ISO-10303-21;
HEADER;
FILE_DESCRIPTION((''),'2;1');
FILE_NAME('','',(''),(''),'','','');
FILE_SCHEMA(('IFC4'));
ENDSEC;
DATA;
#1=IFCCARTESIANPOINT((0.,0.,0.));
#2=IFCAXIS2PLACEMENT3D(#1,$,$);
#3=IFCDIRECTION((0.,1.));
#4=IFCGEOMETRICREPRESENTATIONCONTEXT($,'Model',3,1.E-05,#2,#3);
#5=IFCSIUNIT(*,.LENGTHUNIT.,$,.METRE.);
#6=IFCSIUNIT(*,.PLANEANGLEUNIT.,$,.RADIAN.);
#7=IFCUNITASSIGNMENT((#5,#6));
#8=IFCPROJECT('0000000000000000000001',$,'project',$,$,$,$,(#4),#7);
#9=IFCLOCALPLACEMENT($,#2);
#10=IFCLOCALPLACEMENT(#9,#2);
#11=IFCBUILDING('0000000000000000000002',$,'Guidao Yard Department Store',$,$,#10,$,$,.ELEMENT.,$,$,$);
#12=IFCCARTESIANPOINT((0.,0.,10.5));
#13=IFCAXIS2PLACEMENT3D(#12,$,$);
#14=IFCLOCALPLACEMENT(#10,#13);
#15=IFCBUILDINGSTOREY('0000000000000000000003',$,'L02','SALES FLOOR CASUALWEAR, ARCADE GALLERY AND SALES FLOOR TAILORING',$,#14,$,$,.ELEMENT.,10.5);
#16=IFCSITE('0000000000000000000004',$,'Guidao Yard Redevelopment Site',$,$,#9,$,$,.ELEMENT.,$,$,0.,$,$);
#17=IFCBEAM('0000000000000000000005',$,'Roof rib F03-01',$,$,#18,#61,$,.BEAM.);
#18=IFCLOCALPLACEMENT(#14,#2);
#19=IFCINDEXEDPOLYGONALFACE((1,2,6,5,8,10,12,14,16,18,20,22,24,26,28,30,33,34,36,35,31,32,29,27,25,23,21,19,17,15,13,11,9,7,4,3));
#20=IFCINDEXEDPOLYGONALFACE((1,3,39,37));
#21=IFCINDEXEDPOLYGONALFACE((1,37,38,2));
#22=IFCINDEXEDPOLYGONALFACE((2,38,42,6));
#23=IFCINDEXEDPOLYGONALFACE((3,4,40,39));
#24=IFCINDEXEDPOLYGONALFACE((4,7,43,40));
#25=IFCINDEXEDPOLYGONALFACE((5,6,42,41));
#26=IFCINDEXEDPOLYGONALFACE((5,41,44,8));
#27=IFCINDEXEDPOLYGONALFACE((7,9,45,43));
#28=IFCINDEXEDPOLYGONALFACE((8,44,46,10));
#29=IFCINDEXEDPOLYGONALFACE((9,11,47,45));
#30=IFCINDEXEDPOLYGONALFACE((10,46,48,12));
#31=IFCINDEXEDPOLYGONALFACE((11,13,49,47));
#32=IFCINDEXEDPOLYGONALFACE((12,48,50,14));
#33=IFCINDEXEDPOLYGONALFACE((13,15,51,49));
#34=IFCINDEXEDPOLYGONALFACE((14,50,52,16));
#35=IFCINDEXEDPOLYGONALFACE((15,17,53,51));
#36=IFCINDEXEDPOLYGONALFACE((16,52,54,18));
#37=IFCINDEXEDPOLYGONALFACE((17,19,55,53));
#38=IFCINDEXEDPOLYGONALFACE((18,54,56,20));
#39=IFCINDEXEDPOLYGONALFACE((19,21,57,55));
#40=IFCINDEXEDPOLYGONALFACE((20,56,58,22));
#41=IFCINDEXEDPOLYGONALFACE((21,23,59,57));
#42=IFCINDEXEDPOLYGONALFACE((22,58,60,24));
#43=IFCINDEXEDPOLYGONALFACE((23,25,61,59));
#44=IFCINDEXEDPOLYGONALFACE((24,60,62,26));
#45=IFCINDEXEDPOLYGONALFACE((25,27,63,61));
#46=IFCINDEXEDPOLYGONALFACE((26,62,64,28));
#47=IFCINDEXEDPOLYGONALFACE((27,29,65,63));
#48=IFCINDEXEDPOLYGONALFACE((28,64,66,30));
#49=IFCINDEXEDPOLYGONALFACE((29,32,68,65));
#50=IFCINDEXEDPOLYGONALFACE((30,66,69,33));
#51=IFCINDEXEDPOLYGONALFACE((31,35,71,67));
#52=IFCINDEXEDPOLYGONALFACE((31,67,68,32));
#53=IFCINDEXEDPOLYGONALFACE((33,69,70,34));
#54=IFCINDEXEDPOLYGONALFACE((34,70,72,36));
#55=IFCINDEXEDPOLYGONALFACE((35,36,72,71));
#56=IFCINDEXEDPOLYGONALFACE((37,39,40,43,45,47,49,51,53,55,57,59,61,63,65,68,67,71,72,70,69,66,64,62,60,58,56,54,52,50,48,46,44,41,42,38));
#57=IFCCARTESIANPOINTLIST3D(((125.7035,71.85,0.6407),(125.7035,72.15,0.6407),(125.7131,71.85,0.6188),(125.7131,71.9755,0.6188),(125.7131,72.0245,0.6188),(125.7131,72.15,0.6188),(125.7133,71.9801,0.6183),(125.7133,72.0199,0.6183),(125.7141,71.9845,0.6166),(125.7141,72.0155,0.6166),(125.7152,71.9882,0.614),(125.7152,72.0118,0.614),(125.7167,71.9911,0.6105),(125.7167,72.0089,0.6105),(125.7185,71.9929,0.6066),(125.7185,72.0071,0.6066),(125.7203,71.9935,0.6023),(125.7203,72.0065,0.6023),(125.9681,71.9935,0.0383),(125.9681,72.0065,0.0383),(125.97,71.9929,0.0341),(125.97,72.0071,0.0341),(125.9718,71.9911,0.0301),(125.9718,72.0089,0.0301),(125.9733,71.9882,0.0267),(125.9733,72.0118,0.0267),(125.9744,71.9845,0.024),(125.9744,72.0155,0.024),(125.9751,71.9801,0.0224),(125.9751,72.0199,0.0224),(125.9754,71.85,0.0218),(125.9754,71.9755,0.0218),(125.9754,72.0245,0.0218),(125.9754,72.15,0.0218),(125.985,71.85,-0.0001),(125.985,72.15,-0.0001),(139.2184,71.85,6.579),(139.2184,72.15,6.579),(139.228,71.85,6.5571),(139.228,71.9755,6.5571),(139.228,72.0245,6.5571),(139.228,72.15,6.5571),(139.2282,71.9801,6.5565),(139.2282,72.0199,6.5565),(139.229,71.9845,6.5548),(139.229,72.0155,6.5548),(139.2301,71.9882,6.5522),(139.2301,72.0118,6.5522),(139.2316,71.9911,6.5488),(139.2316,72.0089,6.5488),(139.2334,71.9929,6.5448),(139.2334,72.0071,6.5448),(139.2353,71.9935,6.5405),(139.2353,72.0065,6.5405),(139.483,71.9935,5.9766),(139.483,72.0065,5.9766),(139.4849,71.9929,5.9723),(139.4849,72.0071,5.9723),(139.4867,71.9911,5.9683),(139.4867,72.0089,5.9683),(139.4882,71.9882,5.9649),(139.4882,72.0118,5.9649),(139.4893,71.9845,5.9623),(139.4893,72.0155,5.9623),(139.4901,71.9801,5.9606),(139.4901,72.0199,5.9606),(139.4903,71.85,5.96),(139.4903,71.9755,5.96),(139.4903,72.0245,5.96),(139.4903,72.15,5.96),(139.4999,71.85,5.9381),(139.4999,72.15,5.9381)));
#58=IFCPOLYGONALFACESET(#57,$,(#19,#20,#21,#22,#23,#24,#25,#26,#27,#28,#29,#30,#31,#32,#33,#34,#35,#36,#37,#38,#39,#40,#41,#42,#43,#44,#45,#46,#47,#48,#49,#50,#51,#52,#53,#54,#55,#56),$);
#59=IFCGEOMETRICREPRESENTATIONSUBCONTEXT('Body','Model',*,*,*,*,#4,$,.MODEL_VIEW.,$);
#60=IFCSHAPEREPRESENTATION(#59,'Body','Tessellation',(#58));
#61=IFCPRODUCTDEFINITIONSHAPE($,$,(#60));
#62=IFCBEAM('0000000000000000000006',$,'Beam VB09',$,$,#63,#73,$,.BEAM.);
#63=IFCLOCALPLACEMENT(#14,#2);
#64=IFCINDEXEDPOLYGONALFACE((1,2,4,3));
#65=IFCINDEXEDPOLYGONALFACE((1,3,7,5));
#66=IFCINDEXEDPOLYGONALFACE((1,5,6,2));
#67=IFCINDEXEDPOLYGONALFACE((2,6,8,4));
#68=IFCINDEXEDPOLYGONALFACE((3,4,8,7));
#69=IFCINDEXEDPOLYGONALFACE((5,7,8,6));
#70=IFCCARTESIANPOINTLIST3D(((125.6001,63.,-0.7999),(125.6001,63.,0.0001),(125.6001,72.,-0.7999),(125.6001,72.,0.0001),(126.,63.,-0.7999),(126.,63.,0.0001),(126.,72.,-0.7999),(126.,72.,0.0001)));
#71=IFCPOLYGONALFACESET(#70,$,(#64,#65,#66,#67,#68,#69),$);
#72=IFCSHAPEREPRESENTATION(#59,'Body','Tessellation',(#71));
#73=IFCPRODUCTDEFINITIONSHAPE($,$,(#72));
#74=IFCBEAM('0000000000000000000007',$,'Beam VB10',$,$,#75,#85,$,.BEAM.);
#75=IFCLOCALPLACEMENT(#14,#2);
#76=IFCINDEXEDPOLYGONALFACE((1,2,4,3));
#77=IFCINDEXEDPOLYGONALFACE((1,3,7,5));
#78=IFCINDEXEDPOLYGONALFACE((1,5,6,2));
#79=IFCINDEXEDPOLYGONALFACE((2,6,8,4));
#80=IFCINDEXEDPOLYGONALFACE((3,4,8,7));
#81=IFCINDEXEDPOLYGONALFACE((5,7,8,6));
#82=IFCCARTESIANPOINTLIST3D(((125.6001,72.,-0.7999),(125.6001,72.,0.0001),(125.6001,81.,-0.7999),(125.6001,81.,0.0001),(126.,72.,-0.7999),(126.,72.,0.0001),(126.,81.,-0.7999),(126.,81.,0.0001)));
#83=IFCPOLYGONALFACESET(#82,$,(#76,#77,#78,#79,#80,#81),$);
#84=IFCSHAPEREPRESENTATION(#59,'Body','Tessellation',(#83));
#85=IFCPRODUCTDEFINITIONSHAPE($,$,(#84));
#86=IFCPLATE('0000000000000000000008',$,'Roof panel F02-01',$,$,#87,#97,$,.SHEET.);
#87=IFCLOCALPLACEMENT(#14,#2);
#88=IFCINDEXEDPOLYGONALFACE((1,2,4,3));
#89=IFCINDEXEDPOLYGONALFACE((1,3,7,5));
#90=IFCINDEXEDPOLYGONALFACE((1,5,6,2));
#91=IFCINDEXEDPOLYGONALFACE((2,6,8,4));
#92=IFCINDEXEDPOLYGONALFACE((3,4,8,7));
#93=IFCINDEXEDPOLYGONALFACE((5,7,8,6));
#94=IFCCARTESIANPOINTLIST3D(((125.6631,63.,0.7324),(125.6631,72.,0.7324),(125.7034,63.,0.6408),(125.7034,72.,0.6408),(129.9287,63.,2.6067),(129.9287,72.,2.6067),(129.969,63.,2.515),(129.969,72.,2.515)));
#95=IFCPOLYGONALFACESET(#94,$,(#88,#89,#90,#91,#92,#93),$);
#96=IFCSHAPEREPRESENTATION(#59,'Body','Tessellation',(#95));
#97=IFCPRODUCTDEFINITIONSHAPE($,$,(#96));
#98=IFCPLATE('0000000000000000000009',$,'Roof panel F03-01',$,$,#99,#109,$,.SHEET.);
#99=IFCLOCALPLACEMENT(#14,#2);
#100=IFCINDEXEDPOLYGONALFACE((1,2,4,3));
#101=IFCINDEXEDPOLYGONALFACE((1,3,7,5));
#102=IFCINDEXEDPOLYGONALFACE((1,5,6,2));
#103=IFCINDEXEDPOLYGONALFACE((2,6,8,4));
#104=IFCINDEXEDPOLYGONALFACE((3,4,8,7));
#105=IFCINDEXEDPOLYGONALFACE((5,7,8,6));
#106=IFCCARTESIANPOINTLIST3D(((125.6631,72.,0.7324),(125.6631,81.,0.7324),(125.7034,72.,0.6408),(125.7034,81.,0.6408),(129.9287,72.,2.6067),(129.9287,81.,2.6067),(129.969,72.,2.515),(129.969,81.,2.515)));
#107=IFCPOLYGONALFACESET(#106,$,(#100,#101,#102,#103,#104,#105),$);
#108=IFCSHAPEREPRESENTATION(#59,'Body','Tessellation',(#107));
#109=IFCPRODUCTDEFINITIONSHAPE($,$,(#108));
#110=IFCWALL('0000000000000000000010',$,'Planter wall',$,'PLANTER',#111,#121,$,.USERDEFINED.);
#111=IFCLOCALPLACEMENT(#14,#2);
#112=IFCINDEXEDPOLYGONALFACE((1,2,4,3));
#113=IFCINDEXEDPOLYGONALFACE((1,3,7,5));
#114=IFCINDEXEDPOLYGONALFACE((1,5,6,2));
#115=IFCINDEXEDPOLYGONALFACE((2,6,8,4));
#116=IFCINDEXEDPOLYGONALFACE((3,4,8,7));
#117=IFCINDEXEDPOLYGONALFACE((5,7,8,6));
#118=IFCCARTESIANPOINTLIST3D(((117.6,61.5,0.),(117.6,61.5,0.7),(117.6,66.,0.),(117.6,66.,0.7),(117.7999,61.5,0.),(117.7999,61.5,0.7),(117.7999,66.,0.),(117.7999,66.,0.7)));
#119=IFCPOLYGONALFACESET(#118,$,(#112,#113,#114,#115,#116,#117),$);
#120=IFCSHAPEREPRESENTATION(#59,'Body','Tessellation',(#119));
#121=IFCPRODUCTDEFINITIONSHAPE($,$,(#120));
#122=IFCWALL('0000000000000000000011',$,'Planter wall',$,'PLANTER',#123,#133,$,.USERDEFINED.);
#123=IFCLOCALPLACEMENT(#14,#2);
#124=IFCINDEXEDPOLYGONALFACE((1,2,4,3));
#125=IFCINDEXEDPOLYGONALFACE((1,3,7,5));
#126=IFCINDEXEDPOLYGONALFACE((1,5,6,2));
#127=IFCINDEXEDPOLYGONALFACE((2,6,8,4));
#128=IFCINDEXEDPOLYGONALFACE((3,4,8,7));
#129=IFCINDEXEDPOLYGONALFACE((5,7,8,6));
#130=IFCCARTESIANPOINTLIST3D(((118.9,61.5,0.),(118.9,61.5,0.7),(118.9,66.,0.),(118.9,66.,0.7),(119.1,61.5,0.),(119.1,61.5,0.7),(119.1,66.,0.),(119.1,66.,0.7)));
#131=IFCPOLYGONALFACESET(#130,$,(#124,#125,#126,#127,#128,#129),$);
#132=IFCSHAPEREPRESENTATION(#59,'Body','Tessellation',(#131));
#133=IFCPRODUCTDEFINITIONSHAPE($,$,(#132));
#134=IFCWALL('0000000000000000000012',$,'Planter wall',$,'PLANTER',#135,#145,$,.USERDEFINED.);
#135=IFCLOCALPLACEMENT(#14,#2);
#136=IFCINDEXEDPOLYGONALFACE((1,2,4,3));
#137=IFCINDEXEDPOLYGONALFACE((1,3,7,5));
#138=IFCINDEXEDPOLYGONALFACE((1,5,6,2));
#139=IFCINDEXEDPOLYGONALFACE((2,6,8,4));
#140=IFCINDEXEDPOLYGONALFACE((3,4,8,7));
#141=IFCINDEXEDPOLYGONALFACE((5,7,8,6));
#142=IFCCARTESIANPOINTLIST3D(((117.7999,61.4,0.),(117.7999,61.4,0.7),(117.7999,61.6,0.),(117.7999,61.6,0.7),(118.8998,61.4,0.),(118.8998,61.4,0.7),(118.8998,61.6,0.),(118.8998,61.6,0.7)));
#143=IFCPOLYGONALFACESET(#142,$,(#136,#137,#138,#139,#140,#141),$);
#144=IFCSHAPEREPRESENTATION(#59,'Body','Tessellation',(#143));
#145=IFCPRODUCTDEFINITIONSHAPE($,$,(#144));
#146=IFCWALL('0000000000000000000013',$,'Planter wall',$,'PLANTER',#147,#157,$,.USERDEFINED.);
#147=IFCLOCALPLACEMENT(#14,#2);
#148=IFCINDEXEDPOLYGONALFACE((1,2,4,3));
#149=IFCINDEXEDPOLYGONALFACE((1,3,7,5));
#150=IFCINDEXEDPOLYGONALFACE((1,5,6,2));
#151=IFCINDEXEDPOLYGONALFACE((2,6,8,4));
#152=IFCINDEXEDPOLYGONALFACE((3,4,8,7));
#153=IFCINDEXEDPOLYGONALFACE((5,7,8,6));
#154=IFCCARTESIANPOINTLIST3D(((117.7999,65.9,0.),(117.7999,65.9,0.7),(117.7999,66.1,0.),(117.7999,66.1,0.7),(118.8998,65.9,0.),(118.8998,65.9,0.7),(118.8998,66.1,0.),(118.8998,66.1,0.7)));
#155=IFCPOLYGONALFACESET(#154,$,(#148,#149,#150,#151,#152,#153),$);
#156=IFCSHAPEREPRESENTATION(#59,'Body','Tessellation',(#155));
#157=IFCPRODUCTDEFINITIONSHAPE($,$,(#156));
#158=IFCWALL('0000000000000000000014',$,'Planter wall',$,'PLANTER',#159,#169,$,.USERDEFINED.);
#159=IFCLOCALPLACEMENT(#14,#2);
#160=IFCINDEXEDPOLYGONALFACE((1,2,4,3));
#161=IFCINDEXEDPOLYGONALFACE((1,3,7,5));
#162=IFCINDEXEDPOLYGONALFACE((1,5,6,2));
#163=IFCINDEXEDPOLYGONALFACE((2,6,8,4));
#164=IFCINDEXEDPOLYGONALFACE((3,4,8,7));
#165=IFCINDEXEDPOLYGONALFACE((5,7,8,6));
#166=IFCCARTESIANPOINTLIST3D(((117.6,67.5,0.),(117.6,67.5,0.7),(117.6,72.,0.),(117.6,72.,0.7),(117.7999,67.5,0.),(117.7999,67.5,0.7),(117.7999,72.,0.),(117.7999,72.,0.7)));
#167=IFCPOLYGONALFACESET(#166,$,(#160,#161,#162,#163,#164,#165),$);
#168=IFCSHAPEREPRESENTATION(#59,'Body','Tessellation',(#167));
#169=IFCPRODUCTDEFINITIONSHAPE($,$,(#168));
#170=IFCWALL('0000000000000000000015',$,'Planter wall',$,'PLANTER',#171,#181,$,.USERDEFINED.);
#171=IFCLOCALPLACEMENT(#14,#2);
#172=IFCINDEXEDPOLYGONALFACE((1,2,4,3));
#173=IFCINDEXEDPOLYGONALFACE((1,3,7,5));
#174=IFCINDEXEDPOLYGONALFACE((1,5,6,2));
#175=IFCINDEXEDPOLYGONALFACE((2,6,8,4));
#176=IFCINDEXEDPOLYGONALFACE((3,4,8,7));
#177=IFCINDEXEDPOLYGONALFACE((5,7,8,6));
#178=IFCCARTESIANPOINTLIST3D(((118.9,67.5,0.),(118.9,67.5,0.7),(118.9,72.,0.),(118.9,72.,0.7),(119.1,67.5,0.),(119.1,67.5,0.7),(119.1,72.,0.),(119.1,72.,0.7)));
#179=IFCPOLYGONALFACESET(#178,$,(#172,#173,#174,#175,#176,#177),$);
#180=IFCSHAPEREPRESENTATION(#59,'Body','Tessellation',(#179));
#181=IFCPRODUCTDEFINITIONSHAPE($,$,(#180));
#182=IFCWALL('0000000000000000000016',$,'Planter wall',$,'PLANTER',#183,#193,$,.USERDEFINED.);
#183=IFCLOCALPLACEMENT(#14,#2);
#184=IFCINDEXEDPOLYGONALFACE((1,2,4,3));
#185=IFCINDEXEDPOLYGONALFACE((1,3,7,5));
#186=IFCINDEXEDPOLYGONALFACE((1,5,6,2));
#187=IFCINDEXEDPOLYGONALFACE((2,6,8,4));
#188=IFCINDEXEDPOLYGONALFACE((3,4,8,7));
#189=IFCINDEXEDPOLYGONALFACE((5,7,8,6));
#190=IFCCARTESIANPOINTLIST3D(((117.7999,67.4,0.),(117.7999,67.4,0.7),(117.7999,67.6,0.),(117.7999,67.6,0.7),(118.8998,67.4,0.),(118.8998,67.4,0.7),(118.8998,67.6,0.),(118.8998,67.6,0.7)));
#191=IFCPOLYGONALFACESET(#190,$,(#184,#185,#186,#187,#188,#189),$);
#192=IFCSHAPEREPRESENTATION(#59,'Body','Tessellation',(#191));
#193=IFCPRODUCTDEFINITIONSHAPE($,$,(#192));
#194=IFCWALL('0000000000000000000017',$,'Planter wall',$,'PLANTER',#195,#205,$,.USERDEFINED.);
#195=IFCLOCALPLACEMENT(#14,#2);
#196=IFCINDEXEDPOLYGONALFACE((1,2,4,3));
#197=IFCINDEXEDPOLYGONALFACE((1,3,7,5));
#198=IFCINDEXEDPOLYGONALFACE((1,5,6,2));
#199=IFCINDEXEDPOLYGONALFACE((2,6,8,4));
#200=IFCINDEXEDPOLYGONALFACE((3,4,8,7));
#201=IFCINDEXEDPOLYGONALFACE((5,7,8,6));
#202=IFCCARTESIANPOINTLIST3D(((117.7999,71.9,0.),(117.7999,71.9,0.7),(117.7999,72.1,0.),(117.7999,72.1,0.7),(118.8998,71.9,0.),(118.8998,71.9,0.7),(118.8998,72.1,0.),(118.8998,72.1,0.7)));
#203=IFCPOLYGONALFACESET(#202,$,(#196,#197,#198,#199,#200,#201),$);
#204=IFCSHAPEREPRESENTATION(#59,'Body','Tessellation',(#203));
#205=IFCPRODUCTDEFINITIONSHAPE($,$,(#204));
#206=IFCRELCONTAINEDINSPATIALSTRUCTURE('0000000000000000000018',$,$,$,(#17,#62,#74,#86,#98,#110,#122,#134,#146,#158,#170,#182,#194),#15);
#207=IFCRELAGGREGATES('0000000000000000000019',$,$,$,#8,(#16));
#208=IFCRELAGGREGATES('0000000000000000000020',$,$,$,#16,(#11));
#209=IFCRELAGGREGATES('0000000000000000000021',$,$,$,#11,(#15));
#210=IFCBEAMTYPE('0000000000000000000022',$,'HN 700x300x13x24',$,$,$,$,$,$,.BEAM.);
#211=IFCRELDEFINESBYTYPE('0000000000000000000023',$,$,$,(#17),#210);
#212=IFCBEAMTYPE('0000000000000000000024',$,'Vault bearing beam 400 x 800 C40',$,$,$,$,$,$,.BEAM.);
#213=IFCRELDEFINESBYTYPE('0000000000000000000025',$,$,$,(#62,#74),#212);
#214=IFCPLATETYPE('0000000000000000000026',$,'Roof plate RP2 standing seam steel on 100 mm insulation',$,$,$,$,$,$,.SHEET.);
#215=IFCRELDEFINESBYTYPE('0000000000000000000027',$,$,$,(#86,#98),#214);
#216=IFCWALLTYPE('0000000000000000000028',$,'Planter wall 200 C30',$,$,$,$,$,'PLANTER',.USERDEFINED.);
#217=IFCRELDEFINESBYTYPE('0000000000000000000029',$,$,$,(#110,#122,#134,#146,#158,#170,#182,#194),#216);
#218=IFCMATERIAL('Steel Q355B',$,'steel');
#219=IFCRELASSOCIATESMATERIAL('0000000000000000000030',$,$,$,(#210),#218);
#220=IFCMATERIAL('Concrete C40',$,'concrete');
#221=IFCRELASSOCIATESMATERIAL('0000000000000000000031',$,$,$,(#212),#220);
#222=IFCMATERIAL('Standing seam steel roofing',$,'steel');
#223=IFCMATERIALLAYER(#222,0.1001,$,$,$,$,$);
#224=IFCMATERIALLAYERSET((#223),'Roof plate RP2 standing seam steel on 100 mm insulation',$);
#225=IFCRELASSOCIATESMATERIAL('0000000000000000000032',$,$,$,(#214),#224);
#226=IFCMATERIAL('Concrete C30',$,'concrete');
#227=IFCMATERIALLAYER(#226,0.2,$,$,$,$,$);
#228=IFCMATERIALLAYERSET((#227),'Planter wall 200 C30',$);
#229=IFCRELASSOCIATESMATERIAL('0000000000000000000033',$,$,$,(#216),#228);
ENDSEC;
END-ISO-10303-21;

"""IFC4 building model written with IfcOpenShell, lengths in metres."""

from ifc_helpers import new_model, si_unit, direction, frame, frame_2d, origin, origin_2d, place, context, subcontext, project, spatial, polyline, rectangle, i_section, outline, extrude, material, layer, layer_set, material_profile, profile_set, type_object, element, save


model = new_model("IFC4")

# Units and contexts
model_context = context("Model", 3, precision=1e-05, world=origin(), true_north=direction((0.0, 1.0)))
body_context = subcontext(model_context, "Body", "Model", "MODEL_VIEW")
ifc_project = project(units=[si_unit("LENGTHUNIT", "METRE"), si_unit("PLANEANGLEUNIT", "RADIAN")], contexts=[model_context])

# Site, building, storey
site_placement = place(None, origin())
site = spatial("IfcSite", under=ifc_project, at=site_placement, Name="Guidao Yard Redevelopment Site", CompositionType="ELEMENT", RefElevation=0.0)
building_placement = place(site_placement, origin())
building = spatial("IfcBuilding", under=site, at=building_placement, Name="Guidao Yard Department Store", CompositionType="ELEMENT")
storey_placement = place(building_placement, frame((0.0, 0.0, 10.5)))
storey = spatial("IfcBuildingStorey", under=building, at=storey_placement, Name="L02", Description="SALES FLOOR CASUALWEAR, ARCADE GALLERY AND SALES FLOOR TAILORING", CompositionType="ELEMENT", Elevation=10.5)

# Beams
ifc_material_1 = material(Name="Steel Q355B", Category="steel")
ifc_material_profile_1 = material_profile(ifc_material_1, i_section(OverallWidth=0.3, OverallDepth=0.7, WebThickness=0.0129, FlangeThickness=0.0239, FilletRadius=0.0181, at=origin_2d()), Name="HN 700x300x13x24")
ifc_profile_set_1 = profile_set([ifc_material_profile_1], Name="Steel Q355B")
beam_type_1 = type_object("IfcBeamType", Name="HN 700x300x13x24", PredefinedType="BEAM", material=ifc_profile_set_1)
for number, where, z_axis, x_axis, name in (
    (1, (125.8442, 72.0, 0.3203), (0.915523, 0.0, 0.402266), (0.0, 1.0, 0.0), "Roof rib F03-01"),
):
    element("IfcBeam", number, at=place(storey_placement, frame(where, z_axis=z_axis, x_axis=x_axis)), inside=storey, type_object=beam_type_1, Name=name, PredefinedType="BEAM", context=body_context, shape_type="SweptSolid", body=[
        extrude(i_section(OverallWidth=0.3, OverallDepth=0.7, WebThickness=0.0129, FlangeThickness=0.0239, FilletRadius=0.0181, at=origin_2d()), origin(), (0.0, 0.0, 1.0), 14.762),
    ])
ifc_material_2 = material(Name="Concrete C40", Category="concrete")
ifc_material_profile_2 = material_profile(ifc_material_2, rectangle(XDim=0.3999, YDim=0.8, at=origin_2d()), Name="Vault bearing beam 400 x 800 C40")
ifc_profile_set_2 = profile_set([ifc_material_profile_2], Name="Concrete C40")
beam_type_2 = type_object("IfcBeamType", Name="Vault bearing beam 400 x 800 C40", PredefinedType="BEAM", material=ifc_profile_set_2)
for number, where, z_axis, x_axis, name in (
    (2, (125.8, 63.0, -0.3999), (0.0, 1.0, 0.0), (-1.0, 0.0, 0.0), "Beam VB09"),
    (3, (125.8, 72.0, -0.3999), (0.0, 1.0, 0.0), (-1.0, 0.0, 0.0), "Beam VB10"),
):
    element("IfcBeam", number, at=place(storey_placement, frame(where, z_axis=z_axis, x_axis=x_axis)), inside=storey, type_object=beam_type_2, Name=name, PredefinedType="BEAM", context=body_context, shape_type="SweptSolid", body=[
        extrude(rectangle(XDim=0.3999, YDim=0.8, at=origin_2d()), origin(), (0.0, 0.0, 1.0), 9.0),
    ])

# Plates
ifc_material_3 = material(Name="Standing seam steel roofing", Category="steel")
ifc_layer_1 = layer(ifc_material_3, 0.1001)
ifc_layer_set_1 = layer_set([ifc_layer_1], Name="Roof plate RP2 standing seam steel on 100 mm insulation")
plate_type = type_object("IfcPlateType", Name="Roof plate RP2 standing seam steel on 100 mm insulation", PredefinedType="SHEET", material=ifc_layer_set_1)
for number, where, z_axis, x_axis, name in (
    (4, (125.6631, 63.0, 0.7324), (-0.40227, 0.0, 0.915521), (0.915521, 0.0, 0.40227), "Roof panel F02-01"),
    (5, (125.6631, 72.0, 0.7324), (-0.40227, 0.0, 0.915521), (0.915521, 0.0, 0.40227), "Roof panel F03-01"),
):
    element("IfcPlate", number, at=place(storey_placement, frame(where, z_axis=z_axis, x_axis=x_axis)), inside=storey, type_object=plate_type, Name=name, PredefinedType="SHEET", context=body_context, shape_type="SweptSolid", body=[
        extrude(outline(polyline([(0.0, 0.0), (4.6592, 0.0), (4.6592, 9.0), (0.0, 9.0), (0.0, 0.0)])), origin(), (0.0, 0.0, -1.0), 0.1001),
    ])

# Walls
ifc_material_4 = material(Name="Concrete C30", Category="concrete")
ifc_layer_2 = layer(ifc_material_4, 0.2)
ifc_layer_set_2 = layer_set([ifc_layer_2], Name="Planter wall 200 C30")
wall_type = type_object("IfcWallType", Name="Planter wall 200 C30", ElementType="PLANTER", PredefinedType="USERDEFINED", material=ifc_layer_set_2)
for number, where, z_axis, x_axis, name in (
    (6, (117.7, 61.5, 0.0), (0.0, 0.0, 1.0), (0.0, 1.0, 0.0), "Planter wall"),
    (7, (119.0, 61.5, 0.0), (0.0, 0.0, 1.0), (0.0, 1.0, 0.0), "Planter wall"),
):
    element("IfcWall", number, at=place(storey_placement, frame(where, z_axis=z_axis, x_axis=x_axis)), inside=storey, type_object=wall_type, Name=name, ObjectType="PLANTER", PredefinedType="USERDEFINED", context=body_context, shape_type="SweptSolid", body=[
        extrude(rectangle(XDim=4.5, YDim=0.2, at=frame_2d((2.25, 0.0))), origin(), (0.0, 0.0, 1.0), 0.7),
    ])
for number, where, z_axis, x_axis, name in (
    (8, (117.8, 61.5, 0.0), (0.0, 0.0, 1.0), (1.0, 0.0, 0.0), "Planter wall"),
    (9, (117.8, 66.0, 0.0), (0.0, 0.0, 1.0), (1.0, 0.0, 0.0), "Planter wall"),
):
    element("IfcWall", number, at=place(storey_placement, frame(where, z_axis=z_axis, x_axis=x_axis)), inside=storey, type_object=wall_type, Name=name, ObjectType="PLANTER", PredefinedType="USERDEFINED", context=body_context, shape_type="SweptSolid", body=[
        extrude(rectangle(XDim=1.0999, YDim=0.2, at=frame_2d((0.5498, 0.0))), origin(), (0.0, 0.0, 1.0), 0.7),
    ])
for number, where, z_axis, x_axis, name in (
    (10, (117.7, 67.5, 0.0), (0.0, 0.0, 1.0), (0.0, 1.0, 0.0), "Planter wall"),
    (11, (119.0, 67.5, 0.0), (0.0, 0.0, 1.0), (0.0, 1.0, 0.0), "Planter wall"),
):
    element("IfcWall", number, at=place(storey_placement, frame(where, z_axis=z_axis, x_axis=x_axis)), inside=storey, type_object=wall_type, Name=name, ObjectType="PLANTER", PredefinedType="USERDEFINED", context=body_context, shape_type="SweptSolid", body=[
        extrude(rectangle(XDim=4.5, YDim=0.2, at=frame_2d((2.25, 0.0))), origin(), (0.0, 0.0, 1.0), 0.7),
    ])
for number, where, z_axis, x_axis, name in (
    (12, (117.8, 67.5, 0.0), (0.0, 0.0, 1.0), (1.0, 0.0, 0.0), "Planter wall"),
    (13, (117.8, 72.0, 0.0), (0.0, 0.0, 1.0), (1.0, 0.0, 0.0), "Planter wall"),
):
    element("IfcWall", number, at=place(storey_placement, frame(where, z_axis=z_axis, x_axis=x_axis)), inside=storey, type_object=wall_type, Name=name, ObjectType="PLANTER", PredefinedType="USERDEFINED", context=body_context, shape_type="SweptSolid", body=[
        extrude(rectangle(XDim=1.0999, YDim=0.2, at=frame_2d((0.5498, 0.0))), origin(), (0.0, 0.0, 1.0), 0.7),
    ])

save(model, "model.ifc")
